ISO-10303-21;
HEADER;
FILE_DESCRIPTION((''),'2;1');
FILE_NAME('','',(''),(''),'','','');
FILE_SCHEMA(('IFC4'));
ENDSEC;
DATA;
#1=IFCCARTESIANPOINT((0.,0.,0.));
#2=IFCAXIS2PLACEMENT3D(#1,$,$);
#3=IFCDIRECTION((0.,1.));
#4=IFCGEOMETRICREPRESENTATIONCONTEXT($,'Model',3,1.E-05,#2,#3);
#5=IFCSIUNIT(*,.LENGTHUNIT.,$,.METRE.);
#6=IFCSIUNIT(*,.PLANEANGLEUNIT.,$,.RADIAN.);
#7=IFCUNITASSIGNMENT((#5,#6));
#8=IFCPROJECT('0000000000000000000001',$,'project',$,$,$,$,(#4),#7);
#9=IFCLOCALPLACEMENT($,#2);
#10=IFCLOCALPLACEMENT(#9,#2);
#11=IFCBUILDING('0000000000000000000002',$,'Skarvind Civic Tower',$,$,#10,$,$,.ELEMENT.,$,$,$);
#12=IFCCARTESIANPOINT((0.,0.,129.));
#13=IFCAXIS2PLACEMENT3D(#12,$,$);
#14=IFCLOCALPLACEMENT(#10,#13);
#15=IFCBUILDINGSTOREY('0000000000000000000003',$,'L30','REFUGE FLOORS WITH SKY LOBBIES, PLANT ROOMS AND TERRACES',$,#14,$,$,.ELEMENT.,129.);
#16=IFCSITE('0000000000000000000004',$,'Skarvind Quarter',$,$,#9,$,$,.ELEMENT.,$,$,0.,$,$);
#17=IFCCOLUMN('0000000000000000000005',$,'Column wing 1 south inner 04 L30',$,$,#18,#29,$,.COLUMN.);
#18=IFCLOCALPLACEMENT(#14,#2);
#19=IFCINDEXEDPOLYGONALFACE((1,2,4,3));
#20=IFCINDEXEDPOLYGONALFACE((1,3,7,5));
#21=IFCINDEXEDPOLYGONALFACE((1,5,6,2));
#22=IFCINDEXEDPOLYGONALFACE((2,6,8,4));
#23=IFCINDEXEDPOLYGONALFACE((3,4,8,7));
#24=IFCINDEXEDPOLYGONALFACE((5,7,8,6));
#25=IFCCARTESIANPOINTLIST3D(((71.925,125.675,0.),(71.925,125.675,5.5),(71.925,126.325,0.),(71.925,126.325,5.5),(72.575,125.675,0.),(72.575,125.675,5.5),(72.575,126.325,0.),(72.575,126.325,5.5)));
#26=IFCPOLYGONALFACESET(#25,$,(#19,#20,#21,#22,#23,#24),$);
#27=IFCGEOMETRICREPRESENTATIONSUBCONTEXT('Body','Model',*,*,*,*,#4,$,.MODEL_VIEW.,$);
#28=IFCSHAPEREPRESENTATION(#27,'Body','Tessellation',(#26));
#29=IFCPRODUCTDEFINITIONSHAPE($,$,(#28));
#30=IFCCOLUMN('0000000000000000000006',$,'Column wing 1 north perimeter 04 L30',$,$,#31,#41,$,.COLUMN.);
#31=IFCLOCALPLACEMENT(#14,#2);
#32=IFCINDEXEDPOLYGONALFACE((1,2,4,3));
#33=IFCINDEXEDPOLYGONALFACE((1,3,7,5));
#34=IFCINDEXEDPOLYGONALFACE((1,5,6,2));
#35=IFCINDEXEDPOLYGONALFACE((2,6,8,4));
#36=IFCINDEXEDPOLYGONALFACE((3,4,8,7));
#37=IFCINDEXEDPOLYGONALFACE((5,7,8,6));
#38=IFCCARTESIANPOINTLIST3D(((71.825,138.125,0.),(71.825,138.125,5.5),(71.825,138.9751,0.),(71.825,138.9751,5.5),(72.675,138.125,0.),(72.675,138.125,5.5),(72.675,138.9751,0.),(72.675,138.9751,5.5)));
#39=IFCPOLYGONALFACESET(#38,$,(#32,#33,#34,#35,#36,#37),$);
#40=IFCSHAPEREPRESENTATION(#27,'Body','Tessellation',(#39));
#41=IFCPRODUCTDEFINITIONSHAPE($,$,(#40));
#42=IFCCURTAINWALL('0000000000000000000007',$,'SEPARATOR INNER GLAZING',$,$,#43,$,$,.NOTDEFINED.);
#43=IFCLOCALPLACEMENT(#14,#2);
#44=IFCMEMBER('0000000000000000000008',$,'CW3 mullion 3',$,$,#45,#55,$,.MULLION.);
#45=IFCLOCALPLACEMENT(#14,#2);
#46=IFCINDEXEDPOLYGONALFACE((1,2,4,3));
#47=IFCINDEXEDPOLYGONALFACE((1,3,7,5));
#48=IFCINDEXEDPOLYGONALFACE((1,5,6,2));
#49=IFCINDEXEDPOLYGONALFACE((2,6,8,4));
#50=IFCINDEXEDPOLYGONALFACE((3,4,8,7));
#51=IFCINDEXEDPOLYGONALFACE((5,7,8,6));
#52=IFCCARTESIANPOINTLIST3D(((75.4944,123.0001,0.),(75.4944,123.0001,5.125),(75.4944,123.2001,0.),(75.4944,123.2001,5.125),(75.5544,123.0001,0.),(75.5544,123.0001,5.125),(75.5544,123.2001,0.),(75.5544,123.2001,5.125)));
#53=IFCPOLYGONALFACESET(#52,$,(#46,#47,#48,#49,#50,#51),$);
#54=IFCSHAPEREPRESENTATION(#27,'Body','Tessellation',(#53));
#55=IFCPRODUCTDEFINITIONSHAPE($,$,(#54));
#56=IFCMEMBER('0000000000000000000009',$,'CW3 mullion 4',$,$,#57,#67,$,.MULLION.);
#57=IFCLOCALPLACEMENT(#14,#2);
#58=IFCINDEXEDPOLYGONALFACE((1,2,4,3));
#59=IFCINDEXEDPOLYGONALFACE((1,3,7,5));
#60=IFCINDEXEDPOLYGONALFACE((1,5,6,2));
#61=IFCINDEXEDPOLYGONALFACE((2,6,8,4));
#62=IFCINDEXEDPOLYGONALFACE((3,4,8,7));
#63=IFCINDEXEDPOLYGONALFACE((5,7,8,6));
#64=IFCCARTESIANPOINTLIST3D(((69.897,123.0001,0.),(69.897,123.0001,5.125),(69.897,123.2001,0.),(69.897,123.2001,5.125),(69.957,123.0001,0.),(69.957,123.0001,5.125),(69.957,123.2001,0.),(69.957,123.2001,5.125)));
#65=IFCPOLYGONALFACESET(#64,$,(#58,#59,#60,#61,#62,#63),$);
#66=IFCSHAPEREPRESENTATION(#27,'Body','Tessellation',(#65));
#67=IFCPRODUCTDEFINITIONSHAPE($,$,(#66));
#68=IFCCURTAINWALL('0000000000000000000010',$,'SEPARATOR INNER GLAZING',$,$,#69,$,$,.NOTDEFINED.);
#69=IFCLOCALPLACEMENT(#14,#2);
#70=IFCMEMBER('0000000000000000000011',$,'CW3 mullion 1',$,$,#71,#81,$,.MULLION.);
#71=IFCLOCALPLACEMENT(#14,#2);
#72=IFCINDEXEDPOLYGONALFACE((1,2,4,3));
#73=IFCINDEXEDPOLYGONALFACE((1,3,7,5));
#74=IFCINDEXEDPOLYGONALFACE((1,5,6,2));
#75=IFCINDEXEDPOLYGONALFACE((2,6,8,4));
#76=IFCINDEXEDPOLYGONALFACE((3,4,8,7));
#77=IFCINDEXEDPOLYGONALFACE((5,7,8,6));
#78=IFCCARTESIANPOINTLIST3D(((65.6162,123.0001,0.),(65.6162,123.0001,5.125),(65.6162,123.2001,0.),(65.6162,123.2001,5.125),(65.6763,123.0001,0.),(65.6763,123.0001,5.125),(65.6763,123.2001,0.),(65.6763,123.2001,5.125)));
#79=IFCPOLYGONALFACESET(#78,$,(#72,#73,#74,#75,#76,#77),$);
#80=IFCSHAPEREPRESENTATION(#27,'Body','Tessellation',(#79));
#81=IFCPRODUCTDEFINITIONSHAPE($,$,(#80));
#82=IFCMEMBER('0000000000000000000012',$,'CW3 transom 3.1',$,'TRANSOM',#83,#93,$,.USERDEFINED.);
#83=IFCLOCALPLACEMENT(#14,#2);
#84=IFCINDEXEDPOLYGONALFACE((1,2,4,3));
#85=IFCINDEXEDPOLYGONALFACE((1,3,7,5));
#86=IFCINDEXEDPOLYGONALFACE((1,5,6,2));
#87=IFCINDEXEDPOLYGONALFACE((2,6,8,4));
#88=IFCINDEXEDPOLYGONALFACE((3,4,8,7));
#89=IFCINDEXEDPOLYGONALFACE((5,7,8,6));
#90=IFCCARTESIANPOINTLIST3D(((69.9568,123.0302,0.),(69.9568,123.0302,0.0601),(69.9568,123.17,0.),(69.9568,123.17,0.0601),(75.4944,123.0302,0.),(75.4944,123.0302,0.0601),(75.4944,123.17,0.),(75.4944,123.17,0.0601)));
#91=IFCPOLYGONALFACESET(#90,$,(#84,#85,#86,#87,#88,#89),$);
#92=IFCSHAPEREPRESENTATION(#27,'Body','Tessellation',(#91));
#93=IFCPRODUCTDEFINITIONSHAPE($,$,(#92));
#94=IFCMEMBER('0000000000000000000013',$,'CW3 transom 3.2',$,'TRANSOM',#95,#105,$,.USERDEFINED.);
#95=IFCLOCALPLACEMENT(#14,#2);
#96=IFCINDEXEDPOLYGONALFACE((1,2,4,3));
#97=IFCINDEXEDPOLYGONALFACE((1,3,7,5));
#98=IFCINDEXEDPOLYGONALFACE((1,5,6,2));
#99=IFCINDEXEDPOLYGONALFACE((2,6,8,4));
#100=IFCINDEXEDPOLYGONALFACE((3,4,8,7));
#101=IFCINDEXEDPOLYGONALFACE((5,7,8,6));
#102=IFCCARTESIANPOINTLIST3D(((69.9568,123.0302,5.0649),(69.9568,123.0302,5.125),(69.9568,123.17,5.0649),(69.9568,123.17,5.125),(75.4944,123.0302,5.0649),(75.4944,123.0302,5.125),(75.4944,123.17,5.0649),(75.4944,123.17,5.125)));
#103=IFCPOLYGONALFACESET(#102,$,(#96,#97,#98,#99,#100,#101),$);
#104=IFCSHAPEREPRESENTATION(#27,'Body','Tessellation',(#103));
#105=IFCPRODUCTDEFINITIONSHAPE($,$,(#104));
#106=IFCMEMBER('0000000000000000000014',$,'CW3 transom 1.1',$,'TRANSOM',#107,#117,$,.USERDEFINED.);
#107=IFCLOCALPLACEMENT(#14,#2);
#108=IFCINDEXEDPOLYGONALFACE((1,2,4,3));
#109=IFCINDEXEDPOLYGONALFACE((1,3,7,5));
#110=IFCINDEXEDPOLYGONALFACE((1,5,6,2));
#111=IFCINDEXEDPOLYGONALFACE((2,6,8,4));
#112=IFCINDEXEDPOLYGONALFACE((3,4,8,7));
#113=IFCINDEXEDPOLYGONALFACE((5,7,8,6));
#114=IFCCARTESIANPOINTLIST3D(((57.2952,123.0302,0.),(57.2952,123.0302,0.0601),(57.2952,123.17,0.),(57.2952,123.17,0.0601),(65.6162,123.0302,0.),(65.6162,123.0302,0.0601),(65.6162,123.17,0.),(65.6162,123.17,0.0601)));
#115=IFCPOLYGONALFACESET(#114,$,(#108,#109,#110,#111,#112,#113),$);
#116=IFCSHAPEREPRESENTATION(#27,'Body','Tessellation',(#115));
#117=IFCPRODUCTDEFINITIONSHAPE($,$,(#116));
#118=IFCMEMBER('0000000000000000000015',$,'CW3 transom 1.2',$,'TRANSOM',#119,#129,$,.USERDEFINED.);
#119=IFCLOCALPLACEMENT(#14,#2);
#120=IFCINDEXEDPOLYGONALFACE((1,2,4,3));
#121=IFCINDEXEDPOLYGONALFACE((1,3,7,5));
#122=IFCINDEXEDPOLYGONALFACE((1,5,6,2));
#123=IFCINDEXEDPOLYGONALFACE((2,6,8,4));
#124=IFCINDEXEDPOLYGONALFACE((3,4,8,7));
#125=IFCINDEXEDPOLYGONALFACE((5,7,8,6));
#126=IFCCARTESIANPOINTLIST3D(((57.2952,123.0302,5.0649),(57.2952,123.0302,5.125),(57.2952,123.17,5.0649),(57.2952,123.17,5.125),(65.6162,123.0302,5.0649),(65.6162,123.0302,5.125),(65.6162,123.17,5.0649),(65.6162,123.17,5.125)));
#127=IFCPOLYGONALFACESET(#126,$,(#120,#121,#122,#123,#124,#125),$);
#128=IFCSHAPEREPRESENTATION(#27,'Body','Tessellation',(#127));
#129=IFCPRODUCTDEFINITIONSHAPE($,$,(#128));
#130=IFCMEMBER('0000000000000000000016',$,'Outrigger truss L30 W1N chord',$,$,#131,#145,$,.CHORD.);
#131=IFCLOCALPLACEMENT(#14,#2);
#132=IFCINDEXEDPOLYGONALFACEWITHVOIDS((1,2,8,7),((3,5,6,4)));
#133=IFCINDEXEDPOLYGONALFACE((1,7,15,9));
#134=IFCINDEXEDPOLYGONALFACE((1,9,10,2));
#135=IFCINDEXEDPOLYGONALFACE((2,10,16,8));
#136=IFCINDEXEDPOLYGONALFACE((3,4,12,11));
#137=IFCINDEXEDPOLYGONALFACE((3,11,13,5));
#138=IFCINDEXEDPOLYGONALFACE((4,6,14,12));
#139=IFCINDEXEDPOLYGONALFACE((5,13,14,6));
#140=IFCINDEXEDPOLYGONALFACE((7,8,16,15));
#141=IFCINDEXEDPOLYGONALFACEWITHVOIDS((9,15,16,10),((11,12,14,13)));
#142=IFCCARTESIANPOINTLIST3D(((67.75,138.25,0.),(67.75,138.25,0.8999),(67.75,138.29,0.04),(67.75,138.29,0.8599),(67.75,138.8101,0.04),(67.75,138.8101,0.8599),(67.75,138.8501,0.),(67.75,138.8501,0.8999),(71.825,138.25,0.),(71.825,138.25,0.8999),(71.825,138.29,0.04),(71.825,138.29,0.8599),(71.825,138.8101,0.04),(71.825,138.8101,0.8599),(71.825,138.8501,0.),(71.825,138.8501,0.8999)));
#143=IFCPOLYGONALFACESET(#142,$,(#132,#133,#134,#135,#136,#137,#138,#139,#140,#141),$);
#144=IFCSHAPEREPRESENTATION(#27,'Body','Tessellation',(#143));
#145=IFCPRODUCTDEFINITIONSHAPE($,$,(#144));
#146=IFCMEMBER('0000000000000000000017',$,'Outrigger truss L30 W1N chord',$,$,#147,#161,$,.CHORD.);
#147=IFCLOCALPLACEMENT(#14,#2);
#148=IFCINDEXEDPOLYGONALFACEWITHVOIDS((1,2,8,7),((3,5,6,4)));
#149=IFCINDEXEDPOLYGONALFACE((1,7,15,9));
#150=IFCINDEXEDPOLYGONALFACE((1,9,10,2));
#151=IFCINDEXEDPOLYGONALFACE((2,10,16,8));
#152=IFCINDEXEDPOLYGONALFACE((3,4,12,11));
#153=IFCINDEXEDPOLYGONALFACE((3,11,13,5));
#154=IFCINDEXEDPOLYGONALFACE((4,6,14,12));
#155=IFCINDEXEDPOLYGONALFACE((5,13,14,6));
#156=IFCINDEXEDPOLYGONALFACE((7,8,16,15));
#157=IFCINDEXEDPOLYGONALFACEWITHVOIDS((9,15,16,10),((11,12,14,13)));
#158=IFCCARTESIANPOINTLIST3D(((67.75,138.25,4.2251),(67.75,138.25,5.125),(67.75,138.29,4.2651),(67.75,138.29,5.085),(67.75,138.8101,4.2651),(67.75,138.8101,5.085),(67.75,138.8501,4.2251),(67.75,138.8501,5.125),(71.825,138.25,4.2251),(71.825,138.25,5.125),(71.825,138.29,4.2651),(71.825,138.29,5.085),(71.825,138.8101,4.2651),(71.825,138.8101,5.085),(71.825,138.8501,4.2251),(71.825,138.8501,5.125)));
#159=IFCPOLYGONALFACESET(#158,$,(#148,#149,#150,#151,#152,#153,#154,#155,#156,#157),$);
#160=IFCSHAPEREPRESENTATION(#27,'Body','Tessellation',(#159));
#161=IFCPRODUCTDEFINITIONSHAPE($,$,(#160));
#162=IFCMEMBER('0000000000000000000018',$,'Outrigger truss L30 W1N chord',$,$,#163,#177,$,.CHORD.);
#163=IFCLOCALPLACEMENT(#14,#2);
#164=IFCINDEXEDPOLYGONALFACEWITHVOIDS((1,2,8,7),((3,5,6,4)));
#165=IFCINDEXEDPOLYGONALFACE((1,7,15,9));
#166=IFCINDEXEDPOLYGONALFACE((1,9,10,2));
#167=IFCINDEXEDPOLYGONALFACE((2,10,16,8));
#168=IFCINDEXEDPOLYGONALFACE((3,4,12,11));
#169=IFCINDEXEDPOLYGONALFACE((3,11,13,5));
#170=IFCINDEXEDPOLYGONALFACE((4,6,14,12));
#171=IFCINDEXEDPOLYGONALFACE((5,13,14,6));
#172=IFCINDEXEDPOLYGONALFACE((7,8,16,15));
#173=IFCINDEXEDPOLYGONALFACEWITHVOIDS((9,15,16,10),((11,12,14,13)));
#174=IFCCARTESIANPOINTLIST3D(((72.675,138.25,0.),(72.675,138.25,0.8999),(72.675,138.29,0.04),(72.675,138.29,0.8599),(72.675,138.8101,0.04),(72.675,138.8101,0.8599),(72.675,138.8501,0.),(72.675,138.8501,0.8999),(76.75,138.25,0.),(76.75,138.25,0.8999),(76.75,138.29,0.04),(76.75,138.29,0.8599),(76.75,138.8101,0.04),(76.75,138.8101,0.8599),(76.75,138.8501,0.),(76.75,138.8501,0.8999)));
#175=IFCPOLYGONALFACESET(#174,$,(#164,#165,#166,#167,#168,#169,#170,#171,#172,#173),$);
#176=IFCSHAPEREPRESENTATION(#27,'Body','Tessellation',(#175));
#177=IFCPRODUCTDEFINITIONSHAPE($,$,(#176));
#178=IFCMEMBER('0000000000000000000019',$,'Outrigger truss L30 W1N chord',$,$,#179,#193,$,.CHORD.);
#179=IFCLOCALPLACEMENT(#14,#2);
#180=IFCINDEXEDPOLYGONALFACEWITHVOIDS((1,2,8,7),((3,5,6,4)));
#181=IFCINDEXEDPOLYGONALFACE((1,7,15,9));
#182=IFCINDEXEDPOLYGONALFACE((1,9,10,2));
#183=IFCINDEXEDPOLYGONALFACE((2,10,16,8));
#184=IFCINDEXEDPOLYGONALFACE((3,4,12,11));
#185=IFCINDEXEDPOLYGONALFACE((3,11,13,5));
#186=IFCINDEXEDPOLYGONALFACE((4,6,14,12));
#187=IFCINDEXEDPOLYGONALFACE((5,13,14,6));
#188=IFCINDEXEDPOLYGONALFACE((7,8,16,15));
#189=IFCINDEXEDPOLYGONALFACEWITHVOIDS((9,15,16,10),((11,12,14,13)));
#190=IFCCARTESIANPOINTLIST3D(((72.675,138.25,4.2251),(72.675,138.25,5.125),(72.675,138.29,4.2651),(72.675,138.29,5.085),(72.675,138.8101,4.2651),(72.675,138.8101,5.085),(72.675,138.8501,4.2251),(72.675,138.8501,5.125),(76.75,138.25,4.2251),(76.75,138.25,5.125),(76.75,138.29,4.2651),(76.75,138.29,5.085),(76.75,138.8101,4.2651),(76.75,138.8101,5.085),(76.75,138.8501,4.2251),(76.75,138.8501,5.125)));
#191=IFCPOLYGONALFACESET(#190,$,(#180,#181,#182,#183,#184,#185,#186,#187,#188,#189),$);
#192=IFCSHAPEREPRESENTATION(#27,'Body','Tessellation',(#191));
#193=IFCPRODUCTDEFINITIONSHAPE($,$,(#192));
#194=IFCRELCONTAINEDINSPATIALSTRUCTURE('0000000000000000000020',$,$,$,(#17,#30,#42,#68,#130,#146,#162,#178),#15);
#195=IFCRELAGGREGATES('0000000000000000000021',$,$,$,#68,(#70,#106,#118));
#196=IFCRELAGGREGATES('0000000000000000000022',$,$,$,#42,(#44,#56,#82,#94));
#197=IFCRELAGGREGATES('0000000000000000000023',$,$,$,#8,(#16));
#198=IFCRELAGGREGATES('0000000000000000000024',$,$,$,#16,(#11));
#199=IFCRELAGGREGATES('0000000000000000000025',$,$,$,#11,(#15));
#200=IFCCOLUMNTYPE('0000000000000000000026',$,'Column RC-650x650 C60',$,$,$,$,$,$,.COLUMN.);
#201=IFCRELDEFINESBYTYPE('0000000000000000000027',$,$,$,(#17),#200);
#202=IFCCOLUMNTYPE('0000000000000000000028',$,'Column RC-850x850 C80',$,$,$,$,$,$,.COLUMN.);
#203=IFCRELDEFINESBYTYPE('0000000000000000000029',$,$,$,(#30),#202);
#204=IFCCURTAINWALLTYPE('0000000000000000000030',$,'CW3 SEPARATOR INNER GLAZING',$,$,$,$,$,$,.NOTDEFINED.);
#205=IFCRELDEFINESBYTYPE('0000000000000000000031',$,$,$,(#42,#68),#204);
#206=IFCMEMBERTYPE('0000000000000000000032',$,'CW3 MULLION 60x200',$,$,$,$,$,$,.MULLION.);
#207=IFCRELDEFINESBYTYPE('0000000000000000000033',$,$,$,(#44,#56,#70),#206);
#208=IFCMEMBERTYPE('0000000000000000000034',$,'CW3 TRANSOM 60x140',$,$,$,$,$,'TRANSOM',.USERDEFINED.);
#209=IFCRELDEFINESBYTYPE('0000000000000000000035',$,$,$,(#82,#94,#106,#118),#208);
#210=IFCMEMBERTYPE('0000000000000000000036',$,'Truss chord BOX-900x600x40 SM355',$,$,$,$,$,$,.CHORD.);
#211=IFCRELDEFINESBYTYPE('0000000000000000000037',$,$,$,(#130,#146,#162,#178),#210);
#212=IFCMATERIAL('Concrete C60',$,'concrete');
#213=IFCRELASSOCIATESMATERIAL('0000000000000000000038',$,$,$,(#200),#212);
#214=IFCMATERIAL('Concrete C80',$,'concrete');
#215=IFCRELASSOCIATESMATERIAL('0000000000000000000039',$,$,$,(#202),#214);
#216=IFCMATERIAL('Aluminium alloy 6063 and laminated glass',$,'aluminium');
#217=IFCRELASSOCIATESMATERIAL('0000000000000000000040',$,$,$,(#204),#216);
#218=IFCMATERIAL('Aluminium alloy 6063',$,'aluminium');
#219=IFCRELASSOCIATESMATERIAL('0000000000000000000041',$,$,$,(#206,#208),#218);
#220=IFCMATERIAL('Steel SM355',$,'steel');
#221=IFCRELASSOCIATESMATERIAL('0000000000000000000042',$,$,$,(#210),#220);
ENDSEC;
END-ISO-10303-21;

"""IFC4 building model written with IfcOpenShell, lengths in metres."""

from ifc_helpers import new_model, si_unit, direction, frame, origin, origin_2d, place, context, subcontext, project, spatial, rectangle, hollow_rectangle, extrude, material, material_profile, profile_set, type_object, element, aggregate, save


model = new_model("IFC4")

# Units and contexts
model_context = context("Model", 3, precision=1e-05, world=origin(), true_north=direction((0.0, 1.0)))
body_context = subcontext(model_context, "Body", "Model", "MODEL_VIEW")
ifc_project = project(units=[si_unit("LENGTHUNIT", "METRE"), si_unit("PLANEANGLEUNIT", "RADIAN")], contexts=[model_context])

# Site, building, storey
site_placement = place(None, origin())
site = spatial("IfcSite", under=ifc_project, at=site_placement, Name="Skarvind Quarter", CompositionType="ELEMENT", RefElevation=0.0)
building_placement = place(site_placement, origin())
building = spatial("IfcBuilding", under=site, at=building_placement, Name="Skarvind Civic Tower", CompositionType="ELEMENT")
storey_placement = place(building_placement, frame((0.0, 0.0, 129.0)))
storey = spatial("IfcBuildingStorey", under=building, at=storey_placement, Name="L30", Description="REFUGE FLOORS WITH SKY LOBBIES, PLANT ROOMS AND TERRACES", CompositionType="ELEMENT", Elevation=129.0)

# Columns
ifc_material_1 = material(Name="Concrete C60", Category="concrete")
ifc_material_profile_1 = material_profile(ifc_material_1, rectangle(XDim=0.6499, YDim=0.6499, at=origin_2d()), Name="RC-650x650")
ifc_profile_set_1 = profile_set([ifc_material_profile_1], Name="Concrete C60")
column_type_1 = type_object("IfcColumnType", Name="Column RC-650x650 C60", PredefinedType="COLUMN", material=ifc_profile_set_1)
column_1_placement = place(storey_placement, frame((72.25, 126.0, 0.0), z_axis=(0.0, 0.0, 1.0), x_axis=(1.0, 0.0, 0.0)))
element("IfcColumn", 1, at=column_1_placement, inside=storey, type_object=column_type_1, Name="Column wing 1 south inner 04 L30", PredefinedType="COLUMN", context=body_context, shape_type="SweptSolid", body=[
    extrude(rectangle(XDim=0.6499, YDim=0.6499, at=origin_2d()), origin(), (0.0, 0.0, 1.0), 5.5),
])
ifc_material_2 = material(Name="Concrete C80", Category="concrete")
ifc_material_profile_2 = material_profile(ifc_material_2, rectangle(XDim=0.8501, YDim=0.8501, at=origin_2d()), Name="RC-850x850")
ifc_profile_set_2 = profile_set([ifc_material_profile_2], Name="Concrete C80")
column_type_2 = type_object("IfcColumnType", Name="Column RC-850x850 C80", PredefinedType="COLUMN", material=ifc_profile_set_2)
column_2_placement = place(storey_placement, frame((72.25, 138.55, 0.0), z_axis=(0.0, 0.0, 1.0), x_axis=(1.0, 0.0, 0.0)))
element("IfcColumn", 2, at=column_2_placement, inside=storey, type_object=column_type_2, Name="Column wing 1 north perimeter 04 L30", PredefinedType="COLUMN", context=body_context, shape_type="SweptSolid", body=[
    extrude(rectangle(XDim=0.8501, YDim=0.8501, at=origin_2d()), origin(), (0.0, 0.0, 1.0), 5.5),
])

# Curtain wall, members
ifc_material_3 = material(Name="Aluminium alloy 6063 and laminated glass", Category="aluminium")
curtain_wall_type = type_object("IfcCurtainWallType", Name="CW3 SEPARATOR INNER GLAZING", PredefinedType="NOTDEFINED", material=ifc_material_3)
curtain_wall_1_placement = place(storey_placement, origin())
curtain_wall_1 = element("IfcCurtainWall", 3, at=curtain_wall_1_placement, inside=storey, type_object=curtain_wall_type, Name="SEPARATOR INNER GLAZING", PredefinedType="NOTDEFINED")
ifc_material_4 = material(Name="Aluminium alloy 6063", Category="aluminium")
ifc_material_profile_3 = material_profile(ifc_material_4, rectangle(XDim=0.2, YDim=0.0601, at=origin_2d()), Name="AL 60x200")
ifc_profile_set_3 = profile_set([ifc_material_profile_3], Name="Aluminium alloy 6063")
member_type_1 = type_object("IfcMemberType", Name="CW3 MULLION 60x200", PredefinedType="MULLION", material=ifc_profile_set_3)
member_1_placement = place(storey_placement, frame((75.5244, 123.1001, 0.0), z_axis=(0.0, 0.0, 1.0), x_axis=(0.0, -1.0, 0.0)))
member_1 = element("IfcMember", 4, at=member_1_placement, type_object=member_type_1, Name="CW3 mullion 3", PredefinedType="MULLION", context=body_context, shape_type="SweptSolid", body=[
    extrude(rectangle(XDim=0.2, YDim=0.0601, at=origin_2d()), origin(), (0.0, 0.0, 1.0), 5.125),
])
member_2_placement = place(storey_placement, frame((69.927, 123.1001, 0.0), z_axis=(0.0, 0.0, 1.0), x_axis=(0.0, -1.0, 0.0)))
member_2 = element("IfcMember", 5, at=member_2_placement, type_object=member_type_1, Name="CW3 mullion 4", PredefinedType="MULLION", context=body_context, shape_type="SweptSolid", body=[
    extrude(rectangle(XDim=0.2, YDim=0.0601, at=origin_2d()), origin(), (0.0, 0.0, 1.0), 5.125),
])

# Curtain wall, member
curtain_wall_2_placement = place(storey_placement, origin())
curtain_wall_2 = element("IfcCurtainWall", 6, at=curtain_wall_2_placement, inside=storey, type_object=curtain_wall_type, Name="SEPARATOR INNER GLAZING", PredefinedType="NOTDEFINED")
member_3_placement = place(storey_placement, frame((65.6462, 123.1001, 0.0), z_axis=(0.0, 0.0, 1.0), x_axis=(0.0, -1.0, 0.0)))
member_3 = element("IfcMember", 7, at=member_3_placement, type_object=member_type_1, Name="CW3 mullion 1", PredefinedType="MULLION", context=body_context, shape_type="SweptSolid", body=[
    extrude(rectangle(XDim=0.2, YDim=0.0601, at=origin_2d()), origin(), (0.0, 0.0, 1.0), 5.125),
])

# Members
ifc_material_profile_4 = material_profile(ifc_material_4, rectangle(XDim=0.1399, YDim=0.0601, at=origin_2d()), Name="AL 60x140")
ifc_profile_set_4 = profile_set([ifc_material_profile_4], Name="Aluminium alloy 6063")
member_type_2 = type_object("IfcMemberType", Name="CW3 TRANSOM 60x140", ElementType="TRANSOM", PredefinedType="USERDEFINED", material=ifc_profile_set_4)
member_4_placement = place(storey_placement, frame((75.4944, 123.1001, 0.03), z_axis=(-1.0, 0.0, 0.0), x_axis=(0.0, -1.0, 0.0)))
member_4 = element("IfcMember", 8, at=member_4_placement, type_object=member_type_2, Name="CW3 transom 3.1", ObjectType="TRANSOM", PredefinedType="USERDEFINED", context=body_context, shape_type="SweptSolid", body=[
    extrude(rectangle(XDim=0.1399, YDim=0.0601, at=origin_2d()), origin(), (0.0, 0.0, 1.0), 5.5376),
])
member_5_placement = place(storey_placement, frame((75.4944, 123.1001, 5.095), z_axis=(-1.0, 0.0, 0.0), x_axis=(0.0, -1.0, 0.0)))
member_5 = element("IfcMember", 9, at=member_5_placement, type_object=member_type_2, Name="CW3 transom 3.2", ObjectType="TRANSOM", PredefinedType="USERDEFINED", context=body_context, shape_type="SweptSolid", body=[
    extrude(rectangle(XDim=0.1399, YDim=0.0601, at=origin_2d()), origin(), (0.0, 0.0, 1.0), 5.5376),
])
member_6_placement = place(storey_placement, frame((65.6162, 123.1001, 0.03), z_axis=(-1.0, 0.0, 0.0), x_axis=(0.0, -1.0, 0.0)))
member_6 = element("IfcMember", 10, at=member_6_placement, type_object=member_type_2, Name="CW3 transom 1.1", ObjectType="TRANSOM", PredefinedType="USERDEFINED", context=body_context, shape_type="SweptSolid", body=[
    extrude(rectangle(XDim=0.1399, YDim=0.0601, at=origin_2d()), origin(), (0.0, 0.0, 1.0), 8.321),
])
member_7_placement = place(storey_placement, frame((65.6162, 123.1001, 5.095), z_axis=(-1.0, 0.0, 0.0), x_axis=(0.0, -1.0, 0.0)))
member_7 = element("IfcMember", 11, at=member_7_placement, type_object=member_type_2, Name="CW3 transom 1.2", ObjectType="TRANSOM", PredefinedType="USERDEFINED", context=body_context, shape_type="SweptSolid", body=[
    extrude(rectangle(XDim=0.1399, YDim=0.0601, at=origin_2d()), origin(), (0.0, 0.0, 1.0), 8.321),
])
aggregate(curtain_wall_2, [member_3, member_6, member_7])

# Members
ifc_material_5 = material(Name="Steel SM355", Category="steel")
ifc_material_profile_5 = material_profile(ifc_material_5, hollow_rectangle(XDim=0.6001, YDim=0.8999, WallThickness=0.04, at=origin_2d()), Name="BOX-900x600x40")
ifc_profile_set_5 = profile_set([ifc_material_profile_5], Name="Steel SM355")
member_type_3 = type_object("IfcMemberType", Name="Truss chord BOX-900x600x40 SM355", PredefinedType="CHORD", material=ifc_profile_set_5)
for number, where, z_axis, x_axis, name in (
    (12, (67.75, 138.55, 0.45), (1.0, 0.0, 0.0), (0.0, 1.0, 0.0), "Outrigger truss L30 W1N chord"),
    (13, (67.75, 138.55, 4.675), (1.0, 0.0, 0.0), (0.0, 1.0, 0.0), "Outrigger truss L30 W1N chord"),
    (14, (72.675, 138.55, 0.45), (1.0, 0.0, 0.0), (0.0, 1.0, 0.0), "Outrigger truss L30 W1N chord"),
    (15, (72.675, 138.55, 4.675), (1.0, 0.0, 0.0), (0.0, 1.0, 0.0), "Outrigger truss L30 W1N chord"),
):
    element("IfcMember", number, at=place(storey_placement, frame(where, z_axis=z_axis, x_axis=x_axis)), inside=storey, type_object=member_type_3, Name=name, PredefinedType="CHORD", context=body_context, shape_type="SweptSolid", body=[
        extrude(hollow_rectangle(XDim=0.6001, YDim=0.8999, WallThickness=0.04, at=origin_2d()), origin(), (0.0, 0.0, 1.0), 4.075),
    ])

aggregate(curtain_wall_1, [member_1, member_2, member_4, member_5])

save(model, "model.ifc")
